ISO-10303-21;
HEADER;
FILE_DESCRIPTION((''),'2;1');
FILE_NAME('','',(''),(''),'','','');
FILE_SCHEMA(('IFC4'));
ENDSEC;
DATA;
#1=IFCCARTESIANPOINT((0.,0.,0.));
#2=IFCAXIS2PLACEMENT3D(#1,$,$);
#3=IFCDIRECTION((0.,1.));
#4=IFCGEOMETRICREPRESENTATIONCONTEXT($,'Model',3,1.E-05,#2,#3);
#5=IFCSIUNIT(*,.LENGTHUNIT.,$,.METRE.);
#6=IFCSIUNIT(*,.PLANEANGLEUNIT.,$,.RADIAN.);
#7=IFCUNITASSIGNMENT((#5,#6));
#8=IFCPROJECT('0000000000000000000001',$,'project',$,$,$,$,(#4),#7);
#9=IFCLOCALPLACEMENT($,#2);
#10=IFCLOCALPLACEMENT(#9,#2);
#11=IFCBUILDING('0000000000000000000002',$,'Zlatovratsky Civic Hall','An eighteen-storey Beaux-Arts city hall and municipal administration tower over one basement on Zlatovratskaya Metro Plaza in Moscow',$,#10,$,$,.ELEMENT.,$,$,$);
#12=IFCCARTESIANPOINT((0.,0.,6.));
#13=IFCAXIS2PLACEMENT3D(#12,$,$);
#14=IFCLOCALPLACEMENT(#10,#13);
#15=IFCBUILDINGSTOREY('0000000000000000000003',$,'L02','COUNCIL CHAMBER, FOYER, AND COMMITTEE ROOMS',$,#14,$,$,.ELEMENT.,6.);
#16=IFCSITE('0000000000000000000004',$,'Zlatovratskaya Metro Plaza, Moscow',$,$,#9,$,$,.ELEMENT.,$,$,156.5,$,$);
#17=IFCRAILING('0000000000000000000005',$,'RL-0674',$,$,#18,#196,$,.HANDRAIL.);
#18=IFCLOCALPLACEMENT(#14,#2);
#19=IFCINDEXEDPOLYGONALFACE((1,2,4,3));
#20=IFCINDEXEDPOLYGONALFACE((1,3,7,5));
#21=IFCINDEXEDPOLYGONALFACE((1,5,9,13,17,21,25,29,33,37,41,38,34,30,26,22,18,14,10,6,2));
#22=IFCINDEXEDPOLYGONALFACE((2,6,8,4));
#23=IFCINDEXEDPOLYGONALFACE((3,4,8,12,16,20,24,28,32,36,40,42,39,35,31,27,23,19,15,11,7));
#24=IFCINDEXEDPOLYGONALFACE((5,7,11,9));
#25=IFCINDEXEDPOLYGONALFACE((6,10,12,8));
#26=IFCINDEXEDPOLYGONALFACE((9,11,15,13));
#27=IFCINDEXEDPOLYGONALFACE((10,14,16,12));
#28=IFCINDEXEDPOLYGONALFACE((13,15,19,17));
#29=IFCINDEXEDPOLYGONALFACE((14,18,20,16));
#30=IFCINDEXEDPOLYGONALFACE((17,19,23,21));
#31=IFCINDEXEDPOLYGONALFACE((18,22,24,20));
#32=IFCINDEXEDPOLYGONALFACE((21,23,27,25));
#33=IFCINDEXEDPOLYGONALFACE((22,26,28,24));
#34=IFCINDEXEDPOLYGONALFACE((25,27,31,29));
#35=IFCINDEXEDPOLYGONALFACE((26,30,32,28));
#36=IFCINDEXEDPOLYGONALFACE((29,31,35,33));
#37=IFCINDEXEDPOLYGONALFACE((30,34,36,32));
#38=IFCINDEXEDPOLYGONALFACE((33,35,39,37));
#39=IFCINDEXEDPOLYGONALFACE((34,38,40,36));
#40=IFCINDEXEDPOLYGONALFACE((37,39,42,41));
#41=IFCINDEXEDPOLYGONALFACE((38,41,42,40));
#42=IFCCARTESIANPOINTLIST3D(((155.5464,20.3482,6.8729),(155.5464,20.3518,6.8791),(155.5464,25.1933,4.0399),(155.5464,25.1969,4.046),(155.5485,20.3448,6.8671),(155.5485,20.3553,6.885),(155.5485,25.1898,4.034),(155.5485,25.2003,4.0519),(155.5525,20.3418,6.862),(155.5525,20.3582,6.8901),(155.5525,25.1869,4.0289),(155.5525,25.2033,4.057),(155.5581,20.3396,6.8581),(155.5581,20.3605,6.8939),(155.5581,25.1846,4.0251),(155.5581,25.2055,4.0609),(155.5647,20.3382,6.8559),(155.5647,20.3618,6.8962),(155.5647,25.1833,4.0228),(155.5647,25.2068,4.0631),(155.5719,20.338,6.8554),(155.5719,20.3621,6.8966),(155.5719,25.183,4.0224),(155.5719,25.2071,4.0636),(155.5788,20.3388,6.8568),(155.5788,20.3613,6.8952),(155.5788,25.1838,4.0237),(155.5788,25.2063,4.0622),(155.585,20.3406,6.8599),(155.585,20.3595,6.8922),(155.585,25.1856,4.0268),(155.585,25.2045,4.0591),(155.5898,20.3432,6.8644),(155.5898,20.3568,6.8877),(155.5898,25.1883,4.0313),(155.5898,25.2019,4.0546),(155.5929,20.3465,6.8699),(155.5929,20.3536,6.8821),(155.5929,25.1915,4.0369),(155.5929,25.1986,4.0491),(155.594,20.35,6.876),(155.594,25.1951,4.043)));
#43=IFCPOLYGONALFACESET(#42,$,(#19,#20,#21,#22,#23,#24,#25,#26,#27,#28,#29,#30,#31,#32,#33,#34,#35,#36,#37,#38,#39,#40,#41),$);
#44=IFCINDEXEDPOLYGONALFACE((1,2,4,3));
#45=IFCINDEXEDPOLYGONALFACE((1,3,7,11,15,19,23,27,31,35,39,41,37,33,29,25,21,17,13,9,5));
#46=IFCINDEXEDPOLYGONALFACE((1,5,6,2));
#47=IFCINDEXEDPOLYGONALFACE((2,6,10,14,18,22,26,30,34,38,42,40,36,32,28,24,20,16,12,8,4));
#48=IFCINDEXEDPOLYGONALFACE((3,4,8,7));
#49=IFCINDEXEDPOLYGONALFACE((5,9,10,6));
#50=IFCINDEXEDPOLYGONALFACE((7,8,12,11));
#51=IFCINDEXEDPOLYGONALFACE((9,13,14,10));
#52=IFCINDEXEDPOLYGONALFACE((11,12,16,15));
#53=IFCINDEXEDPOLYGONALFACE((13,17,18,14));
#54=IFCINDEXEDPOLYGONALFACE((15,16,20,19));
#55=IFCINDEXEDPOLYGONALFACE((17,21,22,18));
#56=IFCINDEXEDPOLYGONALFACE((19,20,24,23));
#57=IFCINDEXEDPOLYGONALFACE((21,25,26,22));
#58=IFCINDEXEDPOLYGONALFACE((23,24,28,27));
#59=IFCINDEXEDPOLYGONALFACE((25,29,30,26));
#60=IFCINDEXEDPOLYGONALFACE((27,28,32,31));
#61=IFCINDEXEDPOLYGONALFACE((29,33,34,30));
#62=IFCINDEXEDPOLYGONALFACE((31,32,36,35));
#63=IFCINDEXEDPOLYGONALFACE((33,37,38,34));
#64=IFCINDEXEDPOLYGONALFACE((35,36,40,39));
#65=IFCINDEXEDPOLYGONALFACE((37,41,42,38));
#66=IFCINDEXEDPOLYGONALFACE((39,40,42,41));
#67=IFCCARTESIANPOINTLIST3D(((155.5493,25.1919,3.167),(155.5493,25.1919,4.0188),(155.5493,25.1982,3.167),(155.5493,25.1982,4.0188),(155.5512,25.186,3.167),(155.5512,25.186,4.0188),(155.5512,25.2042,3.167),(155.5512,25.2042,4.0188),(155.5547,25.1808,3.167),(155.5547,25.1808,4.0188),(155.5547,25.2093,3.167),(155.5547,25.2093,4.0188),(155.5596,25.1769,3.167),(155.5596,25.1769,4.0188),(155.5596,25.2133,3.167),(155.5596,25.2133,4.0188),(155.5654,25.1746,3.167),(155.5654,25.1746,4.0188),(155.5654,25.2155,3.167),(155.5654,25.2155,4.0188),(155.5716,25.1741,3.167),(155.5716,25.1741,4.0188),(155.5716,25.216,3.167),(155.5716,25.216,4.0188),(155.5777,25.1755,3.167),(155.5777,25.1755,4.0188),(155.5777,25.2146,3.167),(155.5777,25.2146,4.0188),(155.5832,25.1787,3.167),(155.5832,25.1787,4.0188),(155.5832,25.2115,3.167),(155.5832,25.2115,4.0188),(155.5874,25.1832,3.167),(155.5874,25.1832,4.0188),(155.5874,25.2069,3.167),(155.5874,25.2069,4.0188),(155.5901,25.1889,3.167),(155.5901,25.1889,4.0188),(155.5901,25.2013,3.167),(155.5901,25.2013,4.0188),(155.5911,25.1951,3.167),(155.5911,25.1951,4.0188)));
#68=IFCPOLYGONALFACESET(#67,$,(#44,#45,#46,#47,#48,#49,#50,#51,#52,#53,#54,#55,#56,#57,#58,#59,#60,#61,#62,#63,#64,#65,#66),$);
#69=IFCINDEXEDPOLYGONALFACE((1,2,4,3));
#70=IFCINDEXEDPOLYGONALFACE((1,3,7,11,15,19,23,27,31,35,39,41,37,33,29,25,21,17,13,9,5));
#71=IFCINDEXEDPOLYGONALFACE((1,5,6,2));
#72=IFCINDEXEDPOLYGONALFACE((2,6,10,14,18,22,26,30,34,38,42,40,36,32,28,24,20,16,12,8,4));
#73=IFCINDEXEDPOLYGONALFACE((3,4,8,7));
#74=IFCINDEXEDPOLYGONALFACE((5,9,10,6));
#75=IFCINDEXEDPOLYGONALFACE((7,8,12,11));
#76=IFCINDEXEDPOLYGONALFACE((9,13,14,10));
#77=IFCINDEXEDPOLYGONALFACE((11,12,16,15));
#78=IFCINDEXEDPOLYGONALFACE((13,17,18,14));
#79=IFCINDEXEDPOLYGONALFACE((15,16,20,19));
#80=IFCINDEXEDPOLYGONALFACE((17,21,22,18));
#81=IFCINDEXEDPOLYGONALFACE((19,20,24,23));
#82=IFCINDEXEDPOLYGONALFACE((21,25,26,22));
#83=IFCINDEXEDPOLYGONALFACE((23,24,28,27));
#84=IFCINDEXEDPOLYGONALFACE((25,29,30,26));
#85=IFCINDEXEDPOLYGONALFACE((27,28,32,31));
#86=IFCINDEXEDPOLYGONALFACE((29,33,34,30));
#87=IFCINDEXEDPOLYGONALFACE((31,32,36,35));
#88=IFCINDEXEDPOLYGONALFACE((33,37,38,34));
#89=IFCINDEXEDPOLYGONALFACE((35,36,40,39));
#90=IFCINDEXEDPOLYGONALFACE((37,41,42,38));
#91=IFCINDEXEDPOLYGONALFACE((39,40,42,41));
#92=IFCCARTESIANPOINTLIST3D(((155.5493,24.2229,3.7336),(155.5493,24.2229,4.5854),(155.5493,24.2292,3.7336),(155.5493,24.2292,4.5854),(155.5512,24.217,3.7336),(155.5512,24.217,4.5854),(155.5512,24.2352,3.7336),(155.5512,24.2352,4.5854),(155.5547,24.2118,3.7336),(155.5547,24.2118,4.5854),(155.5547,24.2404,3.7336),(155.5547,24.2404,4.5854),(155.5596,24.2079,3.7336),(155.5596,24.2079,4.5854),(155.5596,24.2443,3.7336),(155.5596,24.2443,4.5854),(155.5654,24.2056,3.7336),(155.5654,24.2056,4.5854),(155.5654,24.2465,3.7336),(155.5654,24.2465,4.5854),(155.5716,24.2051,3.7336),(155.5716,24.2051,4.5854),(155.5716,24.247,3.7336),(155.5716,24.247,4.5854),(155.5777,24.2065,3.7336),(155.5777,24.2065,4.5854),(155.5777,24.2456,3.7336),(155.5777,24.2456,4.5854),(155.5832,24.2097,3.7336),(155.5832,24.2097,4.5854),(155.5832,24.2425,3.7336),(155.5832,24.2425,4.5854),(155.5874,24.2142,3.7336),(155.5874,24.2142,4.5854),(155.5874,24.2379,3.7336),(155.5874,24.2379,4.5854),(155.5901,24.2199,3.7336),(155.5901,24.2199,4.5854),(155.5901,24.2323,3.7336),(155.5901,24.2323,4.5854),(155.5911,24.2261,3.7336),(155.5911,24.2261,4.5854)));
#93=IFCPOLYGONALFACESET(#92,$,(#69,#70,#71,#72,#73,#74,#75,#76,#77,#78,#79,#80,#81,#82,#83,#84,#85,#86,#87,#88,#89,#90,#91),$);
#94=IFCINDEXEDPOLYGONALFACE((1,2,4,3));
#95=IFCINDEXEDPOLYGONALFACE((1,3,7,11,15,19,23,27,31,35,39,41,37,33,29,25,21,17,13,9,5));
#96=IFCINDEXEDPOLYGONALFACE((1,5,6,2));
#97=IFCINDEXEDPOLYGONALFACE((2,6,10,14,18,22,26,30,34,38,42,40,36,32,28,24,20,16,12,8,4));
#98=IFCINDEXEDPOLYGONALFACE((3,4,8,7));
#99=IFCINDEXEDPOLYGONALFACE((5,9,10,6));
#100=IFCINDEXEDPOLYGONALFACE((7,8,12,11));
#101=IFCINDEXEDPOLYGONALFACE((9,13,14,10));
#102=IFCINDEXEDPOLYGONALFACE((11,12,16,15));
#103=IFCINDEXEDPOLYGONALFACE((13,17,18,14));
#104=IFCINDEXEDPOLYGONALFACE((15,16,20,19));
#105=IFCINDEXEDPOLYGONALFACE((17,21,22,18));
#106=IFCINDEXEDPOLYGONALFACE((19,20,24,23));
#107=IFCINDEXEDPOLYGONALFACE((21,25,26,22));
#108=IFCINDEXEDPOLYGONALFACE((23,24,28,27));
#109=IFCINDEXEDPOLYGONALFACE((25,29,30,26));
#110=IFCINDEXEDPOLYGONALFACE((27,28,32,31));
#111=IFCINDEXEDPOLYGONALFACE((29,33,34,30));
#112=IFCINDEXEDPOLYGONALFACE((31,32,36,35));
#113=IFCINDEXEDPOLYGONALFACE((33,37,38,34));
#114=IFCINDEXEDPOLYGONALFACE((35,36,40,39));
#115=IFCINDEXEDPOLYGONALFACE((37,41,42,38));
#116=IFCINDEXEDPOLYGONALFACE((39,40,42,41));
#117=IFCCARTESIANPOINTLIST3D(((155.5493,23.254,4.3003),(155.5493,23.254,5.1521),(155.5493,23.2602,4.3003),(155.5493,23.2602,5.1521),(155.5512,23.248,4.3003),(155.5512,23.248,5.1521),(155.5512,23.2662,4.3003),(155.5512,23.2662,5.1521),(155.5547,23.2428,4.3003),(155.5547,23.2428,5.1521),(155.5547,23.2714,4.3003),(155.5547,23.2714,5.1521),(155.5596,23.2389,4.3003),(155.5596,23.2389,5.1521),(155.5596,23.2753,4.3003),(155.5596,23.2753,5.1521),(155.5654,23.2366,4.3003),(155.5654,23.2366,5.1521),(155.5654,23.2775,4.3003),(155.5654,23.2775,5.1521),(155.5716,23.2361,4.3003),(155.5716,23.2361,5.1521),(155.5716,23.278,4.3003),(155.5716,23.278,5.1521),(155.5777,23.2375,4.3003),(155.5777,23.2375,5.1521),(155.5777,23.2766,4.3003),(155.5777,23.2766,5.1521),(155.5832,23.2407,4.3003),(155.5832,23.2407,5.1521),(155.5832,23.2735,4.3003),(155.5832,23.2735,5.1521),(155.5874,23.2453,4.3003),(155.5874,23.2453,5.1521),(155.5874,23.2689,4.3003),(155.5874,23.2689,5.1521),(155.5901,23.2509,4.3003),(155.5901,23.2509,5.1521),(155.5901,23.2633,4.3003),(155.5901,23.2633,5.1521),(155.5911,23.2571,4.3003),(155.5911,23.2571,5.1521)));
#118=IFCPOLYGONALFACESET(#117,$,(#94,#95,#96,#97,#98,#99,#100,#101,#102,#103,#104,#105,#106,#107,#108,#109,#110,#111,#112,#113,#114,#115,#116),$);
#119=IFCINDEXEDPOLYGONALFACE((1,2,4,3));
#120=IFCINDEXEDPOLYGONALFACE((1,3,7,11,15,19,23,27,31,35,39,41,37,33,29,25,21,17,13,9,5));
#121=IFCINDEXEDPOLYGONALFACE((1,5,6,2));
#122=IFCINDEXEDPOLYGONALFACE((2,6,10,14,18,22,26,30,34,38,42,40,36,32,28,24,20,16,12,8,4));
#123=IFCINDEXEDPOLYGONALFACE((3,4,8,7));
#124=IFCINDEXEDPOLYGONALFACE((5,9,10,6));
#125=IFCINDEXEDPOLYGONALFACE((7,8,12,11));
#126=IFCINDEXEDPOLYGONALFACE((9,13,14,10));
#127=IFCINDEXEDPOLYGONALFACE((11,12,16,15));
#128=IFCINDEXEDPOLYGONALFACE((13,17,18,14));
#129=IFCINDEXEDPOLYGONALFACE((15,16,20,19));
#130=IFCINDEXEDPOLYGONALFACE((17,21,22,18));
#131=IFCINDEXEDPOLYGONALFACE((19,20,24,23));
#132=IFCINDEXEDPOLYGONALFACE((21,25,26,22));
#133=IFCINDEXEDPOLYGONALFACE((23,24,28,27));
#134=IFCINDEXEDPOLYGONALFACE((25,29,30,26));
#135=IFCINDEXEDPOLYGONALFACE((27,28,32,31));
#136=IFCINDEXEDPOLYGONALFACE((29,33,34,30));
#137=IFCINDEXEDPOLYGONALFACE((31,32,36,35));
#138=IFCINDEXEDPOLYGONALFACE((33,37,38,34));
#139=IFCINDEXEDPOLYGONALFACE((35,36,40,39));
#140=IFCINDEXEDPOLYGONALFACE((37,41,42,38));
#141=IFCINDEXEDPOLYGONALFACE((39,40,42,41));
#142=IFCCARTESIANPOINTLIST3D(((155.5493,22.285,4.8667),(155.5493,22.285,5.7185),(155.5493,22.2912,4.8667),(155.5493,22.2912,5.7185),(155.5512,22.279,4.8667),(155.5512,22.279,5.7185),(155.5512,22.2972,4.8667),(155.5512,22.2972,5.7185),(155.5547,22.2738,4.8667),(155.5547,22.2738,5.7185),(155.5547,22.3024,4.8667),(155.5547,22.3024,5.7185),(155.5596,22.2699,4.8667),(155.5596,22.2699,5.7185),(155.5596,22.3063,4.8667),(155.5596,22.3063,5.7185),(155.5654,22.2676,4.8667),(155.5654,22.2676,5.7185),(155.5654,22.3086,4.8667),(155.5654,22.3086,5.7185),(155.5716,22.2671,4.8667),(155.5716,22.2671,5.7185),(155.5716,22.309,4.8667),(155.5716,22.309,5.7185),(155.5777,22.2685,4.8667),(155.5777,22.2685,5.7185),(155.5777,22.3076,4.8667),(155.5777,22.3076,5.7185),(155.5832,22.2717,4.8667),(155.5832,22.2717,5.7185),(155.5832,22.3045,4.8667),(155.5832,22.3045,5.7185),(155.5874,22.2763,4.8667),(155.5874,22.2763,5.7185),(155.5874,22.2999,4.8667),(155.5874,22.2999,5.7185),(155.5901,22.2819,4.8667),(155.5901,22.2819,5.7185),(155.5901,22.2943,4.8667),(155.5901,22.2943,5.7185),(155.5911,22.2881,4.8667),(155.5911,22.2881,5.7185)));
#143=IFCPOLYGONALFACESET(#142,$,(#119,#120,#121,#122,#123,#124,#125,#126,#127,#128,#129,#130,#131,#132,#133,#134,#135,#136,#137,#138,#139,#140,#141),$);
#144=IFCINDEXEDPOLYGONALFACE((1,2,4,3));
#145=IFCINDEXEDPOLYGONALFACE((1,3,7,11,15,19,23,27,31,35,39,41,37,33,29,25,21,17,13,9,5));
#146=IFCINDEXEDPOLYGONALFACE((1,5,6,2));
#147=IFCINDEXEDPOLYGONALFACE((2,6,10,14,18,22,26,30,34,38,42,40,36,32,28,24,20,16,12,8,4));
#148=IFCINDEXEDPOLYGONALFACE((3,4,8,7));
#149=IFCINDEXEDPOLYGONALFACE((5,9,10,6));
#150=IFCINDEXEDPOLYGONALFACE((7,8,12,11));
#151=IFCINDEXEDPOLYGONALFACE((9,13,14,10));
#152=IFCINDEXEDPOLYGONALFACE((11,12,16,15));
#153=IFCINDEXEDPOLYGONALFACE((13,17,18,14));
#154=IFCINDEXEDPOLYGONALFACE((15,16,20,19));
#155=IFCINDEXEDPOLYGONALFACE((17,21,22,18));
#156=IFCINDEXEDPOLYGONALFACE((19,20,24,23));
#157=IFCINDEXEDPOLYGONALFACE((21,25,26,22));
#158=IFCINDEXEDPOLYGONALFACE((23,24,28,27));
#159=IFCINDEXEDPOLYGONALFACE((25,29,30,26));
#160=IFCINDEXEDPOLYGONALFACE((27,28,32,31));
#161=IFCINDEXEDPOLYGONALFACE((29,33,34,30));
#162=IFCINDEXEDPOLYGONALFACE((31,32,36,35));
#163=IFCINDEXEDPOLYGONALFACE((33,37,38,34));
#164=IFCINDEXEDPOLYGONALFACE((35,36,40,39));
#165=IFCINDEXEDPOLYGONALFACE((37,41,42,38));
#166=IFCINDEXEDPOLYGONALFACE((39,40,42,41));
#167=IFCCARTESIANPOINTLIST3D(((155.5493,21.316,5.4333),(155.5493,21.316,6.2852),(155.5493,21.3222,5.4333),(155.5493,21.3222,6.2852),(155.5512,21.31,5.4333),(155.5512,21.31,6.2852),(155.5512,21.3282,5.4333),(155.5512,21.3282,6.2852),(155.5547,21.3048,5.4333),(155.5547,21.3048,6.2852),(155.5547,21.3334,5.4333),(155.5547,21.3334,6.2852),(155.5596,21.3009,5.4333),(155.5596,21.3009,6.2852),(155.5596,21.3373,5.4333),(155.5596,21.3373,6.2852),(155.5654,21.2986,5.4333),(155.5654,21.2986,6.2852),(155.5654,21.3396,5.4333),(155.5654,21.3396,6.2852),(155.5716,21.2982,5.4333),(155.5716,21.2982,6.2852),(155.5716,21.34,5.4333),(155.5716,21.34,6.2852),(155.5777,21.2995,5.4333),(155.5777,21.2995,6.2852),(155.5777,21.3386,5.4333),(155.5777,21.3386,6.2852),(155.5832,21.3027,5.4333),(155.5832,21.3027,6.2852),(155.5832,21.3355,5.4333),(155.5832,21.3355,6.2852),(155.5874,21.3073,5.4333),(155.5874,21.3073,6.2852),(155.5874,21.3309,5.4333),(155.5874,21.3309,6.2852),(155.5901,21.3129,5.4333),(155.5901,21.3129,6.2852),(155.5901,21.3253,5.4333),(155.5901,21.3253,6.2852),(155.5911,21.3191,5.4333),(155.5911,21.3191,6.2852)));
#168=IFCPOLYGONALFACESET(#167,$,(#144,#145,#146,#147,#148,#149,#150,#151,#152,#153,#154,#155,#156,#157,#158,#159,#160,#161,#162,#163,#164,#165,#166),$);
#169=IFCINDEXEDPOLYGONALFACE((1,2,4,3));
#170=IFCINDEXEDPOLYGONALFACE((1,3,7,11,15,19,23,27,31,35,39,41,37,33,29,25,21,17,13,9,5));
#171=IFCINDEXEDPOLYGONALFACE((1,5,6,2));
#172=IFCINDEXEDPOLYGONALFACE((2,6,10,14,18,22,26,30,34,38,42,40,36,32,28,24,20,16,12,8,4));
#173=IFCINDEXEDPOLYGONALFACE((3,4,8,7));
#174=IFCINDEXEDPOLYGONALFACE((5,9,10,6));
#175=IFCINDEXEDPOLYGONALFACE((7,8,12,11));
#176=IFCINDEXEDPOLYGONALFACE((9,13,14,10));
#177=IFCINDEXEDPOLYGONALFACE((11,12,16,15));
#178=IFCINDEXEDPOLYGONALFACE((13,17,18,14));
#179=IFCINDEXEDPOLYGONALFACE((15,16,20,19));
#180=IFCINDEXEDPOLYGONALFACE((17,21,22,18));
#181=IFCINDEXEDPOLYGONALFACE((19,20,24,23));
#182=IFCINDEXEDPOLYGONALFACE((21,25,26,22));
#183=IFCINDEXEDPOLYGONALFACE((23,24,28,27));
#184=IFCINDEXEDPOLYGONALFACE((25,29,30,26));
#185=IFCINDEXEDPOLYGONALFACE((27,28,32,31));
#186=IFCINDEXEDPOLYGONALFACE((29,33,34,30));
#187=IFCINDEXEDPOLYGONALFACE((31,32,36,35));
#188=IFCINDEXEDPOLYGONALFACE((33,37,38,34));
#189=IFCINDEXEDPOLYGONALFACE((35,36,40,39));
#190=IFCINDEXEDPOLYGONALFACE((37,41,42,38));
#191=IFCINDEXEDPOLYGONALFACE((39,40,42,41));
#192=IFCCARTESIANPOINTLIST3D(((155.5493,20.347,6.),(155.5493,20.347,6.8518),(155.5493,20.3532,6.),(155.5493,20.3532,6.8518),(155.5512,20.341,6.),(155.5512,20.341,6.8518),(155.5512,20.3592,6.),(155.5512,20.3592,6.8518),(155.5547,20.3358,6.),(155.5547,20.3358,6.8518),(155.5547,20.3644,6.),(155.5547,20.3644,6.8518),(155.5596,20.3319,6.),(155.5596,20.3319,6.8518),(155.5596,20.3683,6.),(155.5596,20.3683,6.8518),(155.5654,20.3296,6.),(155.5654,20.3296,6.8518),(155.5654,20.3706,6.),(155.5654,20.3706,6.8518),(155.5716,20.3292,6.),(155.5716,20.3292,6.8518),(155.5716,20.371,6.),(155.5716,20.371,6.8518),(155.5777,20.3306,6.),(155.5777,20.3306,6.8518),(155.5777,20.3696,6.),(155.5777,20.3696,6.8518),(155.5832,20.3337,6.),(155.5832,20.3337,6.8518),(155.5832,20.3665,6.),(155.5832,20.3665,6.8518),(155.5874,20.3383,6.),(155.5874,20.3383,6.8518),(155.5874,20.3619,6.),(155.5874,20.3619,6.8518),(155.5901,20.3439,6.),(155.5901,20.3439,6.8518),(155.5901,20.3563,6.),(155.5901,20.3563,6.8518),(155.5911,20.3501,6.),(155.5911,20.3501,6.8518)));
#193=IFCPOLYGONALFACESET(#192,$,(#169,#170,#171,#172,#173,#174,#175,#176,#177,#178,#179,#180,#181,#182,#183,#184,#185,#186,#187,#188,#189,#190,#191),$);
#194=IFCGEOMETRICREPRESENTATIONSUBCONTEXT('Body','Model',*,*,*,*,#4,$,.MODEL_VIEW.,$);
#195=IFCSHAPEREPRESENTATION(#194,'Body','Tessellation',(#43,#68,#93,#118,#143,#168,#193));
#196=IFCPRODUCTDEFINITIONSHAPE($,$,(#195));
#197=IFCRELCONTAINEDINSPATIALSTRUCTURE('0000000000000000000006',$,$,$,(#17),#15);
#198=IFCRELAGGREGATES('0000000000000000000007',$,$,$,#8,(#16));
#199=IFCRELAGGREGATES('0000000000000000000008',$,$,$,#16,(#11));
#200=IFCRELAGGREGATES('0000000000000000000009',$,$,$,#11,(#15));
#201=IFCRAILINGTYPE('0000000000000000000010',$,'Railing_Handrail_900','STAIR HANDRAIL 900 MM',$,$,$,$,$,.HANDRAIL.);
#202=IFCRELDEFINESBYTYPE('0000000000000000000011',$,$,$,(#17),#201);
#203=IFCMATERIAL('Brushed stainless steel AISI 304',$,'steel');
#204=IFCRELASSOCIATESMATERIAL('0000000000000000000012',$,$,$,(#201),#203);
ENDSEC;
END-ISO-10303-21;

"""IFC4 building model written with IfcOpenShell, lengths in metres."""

from ifc_helpers import new_model, si_unit, direction, frame, origin, origin_2d, place, context, subcontext, project, spatial, circle, extrude, material, type_object, element, save


model = new_model("IFC4")

# Units and contexts
model_context = context("Model", 3, precision=1e-05, world=origin(), true_north=direction((0.0, 1.0)))
body_context = subcontext(model_context, "Body", "Model", "MODEL_VIEW")
ifc_project = project(units=[si_unit("LENGTHUNIT", "METRE"), si_unit("PLANEANGLEUNIT", "RADIAN")], contexts=[model_context])

# Site, building, storey
site_placement = place(None, origin())
site = spatial("IfcSite", under=ifc_project, at=site_placement, Name="Zlatovratskaya Metro Plaza, Moscow", CompositionType="ELEMENT", RefElevation=156.5)
building_placement = place(site_placement, origin())
building = spatial("IfcBuilding", under=site, at=building_placement, Name="Zlatovratsky Civic Hall", Description="An eighteen-storey Beaux-Arts city hall and municipal administration tower over one basement on Zlatovratskaya Metro Plaza in Moscow", CompositionType="ELEMENT")
storey_placement = place(building_placement, frame((0.0, 0.0, 6.0)))
storey = spatial("IfcBuildingStorey", under=building, at=storey_placement, Name="L02", Description="COUNCIL CHAMBER, FOYER, AND COMMITTEE ROOMS", CompositionType="ELEMENT", Elevation=6.0)

# Railing
ifc_material_1 = material(Name="Brushed stainless steel AISI 304", Category="steel")
railing_type_1 = type_object("IfcRailingType", Name="Railing_Handrail_900", Description="STAIR HANDRAIL 900 MM", PredefinedType="HANDRAIL", material=ifc_material_1)
railing_1_placement = place(storey_placement, frame((155.5701, 25.1951, 3.167)))
element("IfcRailing", 1, at=railing_1_placement, inside=storey, type_object=railing_type_1, Name="RL-0674", PredefinedType="HANDRAIL", context=body_context, shape_type="SweptSolid", body=[
    extrude(circle(Radius=0.0239, at=origin_2d()), frame((0.0, 0.0, 0.876), z_axis=(0.0, -0.863253, 0.504771), x_axis=(1.0, 0.0, 0.0)), (0.0, 0.0, 1.0), 5.6125),
    extrude(circle(Radius=0.021, at=origin_2d()), origin(), (0.0, 0.0, 1.0), 0.8518),
    extrude(circle(Radius=0.021, at=origin_2d()), frame((0.0, -0.969, 0.5667)), (0.0, 0.0, 1.0), 0.8518),
    extrude(circle(Radius=0.021, at=origin_2d()), frame((0.0, -1.938, 1.1333)), (0.0, 0.0, 1.0), 0.8518),
    extrude(circle(Radius=0.021, at=origin_2d()), frame((0.0, -2.907, 1.6997)), (0.0, 0.0, 1.0), 0.8518),
    extrude(circle(Radius=0.021, at=origin_2d()), frame((0.0, -3.876, 2.2664)), (0.0, 0.0, 1.0), 0.8518),
    extrude(circle(Radius=0.021, at=origin_2d()), frame((0.0, -4.845, 2.833)), (0.0, 0.0, 1.0), 0.8518),
])

save(model, "model.ifc")
